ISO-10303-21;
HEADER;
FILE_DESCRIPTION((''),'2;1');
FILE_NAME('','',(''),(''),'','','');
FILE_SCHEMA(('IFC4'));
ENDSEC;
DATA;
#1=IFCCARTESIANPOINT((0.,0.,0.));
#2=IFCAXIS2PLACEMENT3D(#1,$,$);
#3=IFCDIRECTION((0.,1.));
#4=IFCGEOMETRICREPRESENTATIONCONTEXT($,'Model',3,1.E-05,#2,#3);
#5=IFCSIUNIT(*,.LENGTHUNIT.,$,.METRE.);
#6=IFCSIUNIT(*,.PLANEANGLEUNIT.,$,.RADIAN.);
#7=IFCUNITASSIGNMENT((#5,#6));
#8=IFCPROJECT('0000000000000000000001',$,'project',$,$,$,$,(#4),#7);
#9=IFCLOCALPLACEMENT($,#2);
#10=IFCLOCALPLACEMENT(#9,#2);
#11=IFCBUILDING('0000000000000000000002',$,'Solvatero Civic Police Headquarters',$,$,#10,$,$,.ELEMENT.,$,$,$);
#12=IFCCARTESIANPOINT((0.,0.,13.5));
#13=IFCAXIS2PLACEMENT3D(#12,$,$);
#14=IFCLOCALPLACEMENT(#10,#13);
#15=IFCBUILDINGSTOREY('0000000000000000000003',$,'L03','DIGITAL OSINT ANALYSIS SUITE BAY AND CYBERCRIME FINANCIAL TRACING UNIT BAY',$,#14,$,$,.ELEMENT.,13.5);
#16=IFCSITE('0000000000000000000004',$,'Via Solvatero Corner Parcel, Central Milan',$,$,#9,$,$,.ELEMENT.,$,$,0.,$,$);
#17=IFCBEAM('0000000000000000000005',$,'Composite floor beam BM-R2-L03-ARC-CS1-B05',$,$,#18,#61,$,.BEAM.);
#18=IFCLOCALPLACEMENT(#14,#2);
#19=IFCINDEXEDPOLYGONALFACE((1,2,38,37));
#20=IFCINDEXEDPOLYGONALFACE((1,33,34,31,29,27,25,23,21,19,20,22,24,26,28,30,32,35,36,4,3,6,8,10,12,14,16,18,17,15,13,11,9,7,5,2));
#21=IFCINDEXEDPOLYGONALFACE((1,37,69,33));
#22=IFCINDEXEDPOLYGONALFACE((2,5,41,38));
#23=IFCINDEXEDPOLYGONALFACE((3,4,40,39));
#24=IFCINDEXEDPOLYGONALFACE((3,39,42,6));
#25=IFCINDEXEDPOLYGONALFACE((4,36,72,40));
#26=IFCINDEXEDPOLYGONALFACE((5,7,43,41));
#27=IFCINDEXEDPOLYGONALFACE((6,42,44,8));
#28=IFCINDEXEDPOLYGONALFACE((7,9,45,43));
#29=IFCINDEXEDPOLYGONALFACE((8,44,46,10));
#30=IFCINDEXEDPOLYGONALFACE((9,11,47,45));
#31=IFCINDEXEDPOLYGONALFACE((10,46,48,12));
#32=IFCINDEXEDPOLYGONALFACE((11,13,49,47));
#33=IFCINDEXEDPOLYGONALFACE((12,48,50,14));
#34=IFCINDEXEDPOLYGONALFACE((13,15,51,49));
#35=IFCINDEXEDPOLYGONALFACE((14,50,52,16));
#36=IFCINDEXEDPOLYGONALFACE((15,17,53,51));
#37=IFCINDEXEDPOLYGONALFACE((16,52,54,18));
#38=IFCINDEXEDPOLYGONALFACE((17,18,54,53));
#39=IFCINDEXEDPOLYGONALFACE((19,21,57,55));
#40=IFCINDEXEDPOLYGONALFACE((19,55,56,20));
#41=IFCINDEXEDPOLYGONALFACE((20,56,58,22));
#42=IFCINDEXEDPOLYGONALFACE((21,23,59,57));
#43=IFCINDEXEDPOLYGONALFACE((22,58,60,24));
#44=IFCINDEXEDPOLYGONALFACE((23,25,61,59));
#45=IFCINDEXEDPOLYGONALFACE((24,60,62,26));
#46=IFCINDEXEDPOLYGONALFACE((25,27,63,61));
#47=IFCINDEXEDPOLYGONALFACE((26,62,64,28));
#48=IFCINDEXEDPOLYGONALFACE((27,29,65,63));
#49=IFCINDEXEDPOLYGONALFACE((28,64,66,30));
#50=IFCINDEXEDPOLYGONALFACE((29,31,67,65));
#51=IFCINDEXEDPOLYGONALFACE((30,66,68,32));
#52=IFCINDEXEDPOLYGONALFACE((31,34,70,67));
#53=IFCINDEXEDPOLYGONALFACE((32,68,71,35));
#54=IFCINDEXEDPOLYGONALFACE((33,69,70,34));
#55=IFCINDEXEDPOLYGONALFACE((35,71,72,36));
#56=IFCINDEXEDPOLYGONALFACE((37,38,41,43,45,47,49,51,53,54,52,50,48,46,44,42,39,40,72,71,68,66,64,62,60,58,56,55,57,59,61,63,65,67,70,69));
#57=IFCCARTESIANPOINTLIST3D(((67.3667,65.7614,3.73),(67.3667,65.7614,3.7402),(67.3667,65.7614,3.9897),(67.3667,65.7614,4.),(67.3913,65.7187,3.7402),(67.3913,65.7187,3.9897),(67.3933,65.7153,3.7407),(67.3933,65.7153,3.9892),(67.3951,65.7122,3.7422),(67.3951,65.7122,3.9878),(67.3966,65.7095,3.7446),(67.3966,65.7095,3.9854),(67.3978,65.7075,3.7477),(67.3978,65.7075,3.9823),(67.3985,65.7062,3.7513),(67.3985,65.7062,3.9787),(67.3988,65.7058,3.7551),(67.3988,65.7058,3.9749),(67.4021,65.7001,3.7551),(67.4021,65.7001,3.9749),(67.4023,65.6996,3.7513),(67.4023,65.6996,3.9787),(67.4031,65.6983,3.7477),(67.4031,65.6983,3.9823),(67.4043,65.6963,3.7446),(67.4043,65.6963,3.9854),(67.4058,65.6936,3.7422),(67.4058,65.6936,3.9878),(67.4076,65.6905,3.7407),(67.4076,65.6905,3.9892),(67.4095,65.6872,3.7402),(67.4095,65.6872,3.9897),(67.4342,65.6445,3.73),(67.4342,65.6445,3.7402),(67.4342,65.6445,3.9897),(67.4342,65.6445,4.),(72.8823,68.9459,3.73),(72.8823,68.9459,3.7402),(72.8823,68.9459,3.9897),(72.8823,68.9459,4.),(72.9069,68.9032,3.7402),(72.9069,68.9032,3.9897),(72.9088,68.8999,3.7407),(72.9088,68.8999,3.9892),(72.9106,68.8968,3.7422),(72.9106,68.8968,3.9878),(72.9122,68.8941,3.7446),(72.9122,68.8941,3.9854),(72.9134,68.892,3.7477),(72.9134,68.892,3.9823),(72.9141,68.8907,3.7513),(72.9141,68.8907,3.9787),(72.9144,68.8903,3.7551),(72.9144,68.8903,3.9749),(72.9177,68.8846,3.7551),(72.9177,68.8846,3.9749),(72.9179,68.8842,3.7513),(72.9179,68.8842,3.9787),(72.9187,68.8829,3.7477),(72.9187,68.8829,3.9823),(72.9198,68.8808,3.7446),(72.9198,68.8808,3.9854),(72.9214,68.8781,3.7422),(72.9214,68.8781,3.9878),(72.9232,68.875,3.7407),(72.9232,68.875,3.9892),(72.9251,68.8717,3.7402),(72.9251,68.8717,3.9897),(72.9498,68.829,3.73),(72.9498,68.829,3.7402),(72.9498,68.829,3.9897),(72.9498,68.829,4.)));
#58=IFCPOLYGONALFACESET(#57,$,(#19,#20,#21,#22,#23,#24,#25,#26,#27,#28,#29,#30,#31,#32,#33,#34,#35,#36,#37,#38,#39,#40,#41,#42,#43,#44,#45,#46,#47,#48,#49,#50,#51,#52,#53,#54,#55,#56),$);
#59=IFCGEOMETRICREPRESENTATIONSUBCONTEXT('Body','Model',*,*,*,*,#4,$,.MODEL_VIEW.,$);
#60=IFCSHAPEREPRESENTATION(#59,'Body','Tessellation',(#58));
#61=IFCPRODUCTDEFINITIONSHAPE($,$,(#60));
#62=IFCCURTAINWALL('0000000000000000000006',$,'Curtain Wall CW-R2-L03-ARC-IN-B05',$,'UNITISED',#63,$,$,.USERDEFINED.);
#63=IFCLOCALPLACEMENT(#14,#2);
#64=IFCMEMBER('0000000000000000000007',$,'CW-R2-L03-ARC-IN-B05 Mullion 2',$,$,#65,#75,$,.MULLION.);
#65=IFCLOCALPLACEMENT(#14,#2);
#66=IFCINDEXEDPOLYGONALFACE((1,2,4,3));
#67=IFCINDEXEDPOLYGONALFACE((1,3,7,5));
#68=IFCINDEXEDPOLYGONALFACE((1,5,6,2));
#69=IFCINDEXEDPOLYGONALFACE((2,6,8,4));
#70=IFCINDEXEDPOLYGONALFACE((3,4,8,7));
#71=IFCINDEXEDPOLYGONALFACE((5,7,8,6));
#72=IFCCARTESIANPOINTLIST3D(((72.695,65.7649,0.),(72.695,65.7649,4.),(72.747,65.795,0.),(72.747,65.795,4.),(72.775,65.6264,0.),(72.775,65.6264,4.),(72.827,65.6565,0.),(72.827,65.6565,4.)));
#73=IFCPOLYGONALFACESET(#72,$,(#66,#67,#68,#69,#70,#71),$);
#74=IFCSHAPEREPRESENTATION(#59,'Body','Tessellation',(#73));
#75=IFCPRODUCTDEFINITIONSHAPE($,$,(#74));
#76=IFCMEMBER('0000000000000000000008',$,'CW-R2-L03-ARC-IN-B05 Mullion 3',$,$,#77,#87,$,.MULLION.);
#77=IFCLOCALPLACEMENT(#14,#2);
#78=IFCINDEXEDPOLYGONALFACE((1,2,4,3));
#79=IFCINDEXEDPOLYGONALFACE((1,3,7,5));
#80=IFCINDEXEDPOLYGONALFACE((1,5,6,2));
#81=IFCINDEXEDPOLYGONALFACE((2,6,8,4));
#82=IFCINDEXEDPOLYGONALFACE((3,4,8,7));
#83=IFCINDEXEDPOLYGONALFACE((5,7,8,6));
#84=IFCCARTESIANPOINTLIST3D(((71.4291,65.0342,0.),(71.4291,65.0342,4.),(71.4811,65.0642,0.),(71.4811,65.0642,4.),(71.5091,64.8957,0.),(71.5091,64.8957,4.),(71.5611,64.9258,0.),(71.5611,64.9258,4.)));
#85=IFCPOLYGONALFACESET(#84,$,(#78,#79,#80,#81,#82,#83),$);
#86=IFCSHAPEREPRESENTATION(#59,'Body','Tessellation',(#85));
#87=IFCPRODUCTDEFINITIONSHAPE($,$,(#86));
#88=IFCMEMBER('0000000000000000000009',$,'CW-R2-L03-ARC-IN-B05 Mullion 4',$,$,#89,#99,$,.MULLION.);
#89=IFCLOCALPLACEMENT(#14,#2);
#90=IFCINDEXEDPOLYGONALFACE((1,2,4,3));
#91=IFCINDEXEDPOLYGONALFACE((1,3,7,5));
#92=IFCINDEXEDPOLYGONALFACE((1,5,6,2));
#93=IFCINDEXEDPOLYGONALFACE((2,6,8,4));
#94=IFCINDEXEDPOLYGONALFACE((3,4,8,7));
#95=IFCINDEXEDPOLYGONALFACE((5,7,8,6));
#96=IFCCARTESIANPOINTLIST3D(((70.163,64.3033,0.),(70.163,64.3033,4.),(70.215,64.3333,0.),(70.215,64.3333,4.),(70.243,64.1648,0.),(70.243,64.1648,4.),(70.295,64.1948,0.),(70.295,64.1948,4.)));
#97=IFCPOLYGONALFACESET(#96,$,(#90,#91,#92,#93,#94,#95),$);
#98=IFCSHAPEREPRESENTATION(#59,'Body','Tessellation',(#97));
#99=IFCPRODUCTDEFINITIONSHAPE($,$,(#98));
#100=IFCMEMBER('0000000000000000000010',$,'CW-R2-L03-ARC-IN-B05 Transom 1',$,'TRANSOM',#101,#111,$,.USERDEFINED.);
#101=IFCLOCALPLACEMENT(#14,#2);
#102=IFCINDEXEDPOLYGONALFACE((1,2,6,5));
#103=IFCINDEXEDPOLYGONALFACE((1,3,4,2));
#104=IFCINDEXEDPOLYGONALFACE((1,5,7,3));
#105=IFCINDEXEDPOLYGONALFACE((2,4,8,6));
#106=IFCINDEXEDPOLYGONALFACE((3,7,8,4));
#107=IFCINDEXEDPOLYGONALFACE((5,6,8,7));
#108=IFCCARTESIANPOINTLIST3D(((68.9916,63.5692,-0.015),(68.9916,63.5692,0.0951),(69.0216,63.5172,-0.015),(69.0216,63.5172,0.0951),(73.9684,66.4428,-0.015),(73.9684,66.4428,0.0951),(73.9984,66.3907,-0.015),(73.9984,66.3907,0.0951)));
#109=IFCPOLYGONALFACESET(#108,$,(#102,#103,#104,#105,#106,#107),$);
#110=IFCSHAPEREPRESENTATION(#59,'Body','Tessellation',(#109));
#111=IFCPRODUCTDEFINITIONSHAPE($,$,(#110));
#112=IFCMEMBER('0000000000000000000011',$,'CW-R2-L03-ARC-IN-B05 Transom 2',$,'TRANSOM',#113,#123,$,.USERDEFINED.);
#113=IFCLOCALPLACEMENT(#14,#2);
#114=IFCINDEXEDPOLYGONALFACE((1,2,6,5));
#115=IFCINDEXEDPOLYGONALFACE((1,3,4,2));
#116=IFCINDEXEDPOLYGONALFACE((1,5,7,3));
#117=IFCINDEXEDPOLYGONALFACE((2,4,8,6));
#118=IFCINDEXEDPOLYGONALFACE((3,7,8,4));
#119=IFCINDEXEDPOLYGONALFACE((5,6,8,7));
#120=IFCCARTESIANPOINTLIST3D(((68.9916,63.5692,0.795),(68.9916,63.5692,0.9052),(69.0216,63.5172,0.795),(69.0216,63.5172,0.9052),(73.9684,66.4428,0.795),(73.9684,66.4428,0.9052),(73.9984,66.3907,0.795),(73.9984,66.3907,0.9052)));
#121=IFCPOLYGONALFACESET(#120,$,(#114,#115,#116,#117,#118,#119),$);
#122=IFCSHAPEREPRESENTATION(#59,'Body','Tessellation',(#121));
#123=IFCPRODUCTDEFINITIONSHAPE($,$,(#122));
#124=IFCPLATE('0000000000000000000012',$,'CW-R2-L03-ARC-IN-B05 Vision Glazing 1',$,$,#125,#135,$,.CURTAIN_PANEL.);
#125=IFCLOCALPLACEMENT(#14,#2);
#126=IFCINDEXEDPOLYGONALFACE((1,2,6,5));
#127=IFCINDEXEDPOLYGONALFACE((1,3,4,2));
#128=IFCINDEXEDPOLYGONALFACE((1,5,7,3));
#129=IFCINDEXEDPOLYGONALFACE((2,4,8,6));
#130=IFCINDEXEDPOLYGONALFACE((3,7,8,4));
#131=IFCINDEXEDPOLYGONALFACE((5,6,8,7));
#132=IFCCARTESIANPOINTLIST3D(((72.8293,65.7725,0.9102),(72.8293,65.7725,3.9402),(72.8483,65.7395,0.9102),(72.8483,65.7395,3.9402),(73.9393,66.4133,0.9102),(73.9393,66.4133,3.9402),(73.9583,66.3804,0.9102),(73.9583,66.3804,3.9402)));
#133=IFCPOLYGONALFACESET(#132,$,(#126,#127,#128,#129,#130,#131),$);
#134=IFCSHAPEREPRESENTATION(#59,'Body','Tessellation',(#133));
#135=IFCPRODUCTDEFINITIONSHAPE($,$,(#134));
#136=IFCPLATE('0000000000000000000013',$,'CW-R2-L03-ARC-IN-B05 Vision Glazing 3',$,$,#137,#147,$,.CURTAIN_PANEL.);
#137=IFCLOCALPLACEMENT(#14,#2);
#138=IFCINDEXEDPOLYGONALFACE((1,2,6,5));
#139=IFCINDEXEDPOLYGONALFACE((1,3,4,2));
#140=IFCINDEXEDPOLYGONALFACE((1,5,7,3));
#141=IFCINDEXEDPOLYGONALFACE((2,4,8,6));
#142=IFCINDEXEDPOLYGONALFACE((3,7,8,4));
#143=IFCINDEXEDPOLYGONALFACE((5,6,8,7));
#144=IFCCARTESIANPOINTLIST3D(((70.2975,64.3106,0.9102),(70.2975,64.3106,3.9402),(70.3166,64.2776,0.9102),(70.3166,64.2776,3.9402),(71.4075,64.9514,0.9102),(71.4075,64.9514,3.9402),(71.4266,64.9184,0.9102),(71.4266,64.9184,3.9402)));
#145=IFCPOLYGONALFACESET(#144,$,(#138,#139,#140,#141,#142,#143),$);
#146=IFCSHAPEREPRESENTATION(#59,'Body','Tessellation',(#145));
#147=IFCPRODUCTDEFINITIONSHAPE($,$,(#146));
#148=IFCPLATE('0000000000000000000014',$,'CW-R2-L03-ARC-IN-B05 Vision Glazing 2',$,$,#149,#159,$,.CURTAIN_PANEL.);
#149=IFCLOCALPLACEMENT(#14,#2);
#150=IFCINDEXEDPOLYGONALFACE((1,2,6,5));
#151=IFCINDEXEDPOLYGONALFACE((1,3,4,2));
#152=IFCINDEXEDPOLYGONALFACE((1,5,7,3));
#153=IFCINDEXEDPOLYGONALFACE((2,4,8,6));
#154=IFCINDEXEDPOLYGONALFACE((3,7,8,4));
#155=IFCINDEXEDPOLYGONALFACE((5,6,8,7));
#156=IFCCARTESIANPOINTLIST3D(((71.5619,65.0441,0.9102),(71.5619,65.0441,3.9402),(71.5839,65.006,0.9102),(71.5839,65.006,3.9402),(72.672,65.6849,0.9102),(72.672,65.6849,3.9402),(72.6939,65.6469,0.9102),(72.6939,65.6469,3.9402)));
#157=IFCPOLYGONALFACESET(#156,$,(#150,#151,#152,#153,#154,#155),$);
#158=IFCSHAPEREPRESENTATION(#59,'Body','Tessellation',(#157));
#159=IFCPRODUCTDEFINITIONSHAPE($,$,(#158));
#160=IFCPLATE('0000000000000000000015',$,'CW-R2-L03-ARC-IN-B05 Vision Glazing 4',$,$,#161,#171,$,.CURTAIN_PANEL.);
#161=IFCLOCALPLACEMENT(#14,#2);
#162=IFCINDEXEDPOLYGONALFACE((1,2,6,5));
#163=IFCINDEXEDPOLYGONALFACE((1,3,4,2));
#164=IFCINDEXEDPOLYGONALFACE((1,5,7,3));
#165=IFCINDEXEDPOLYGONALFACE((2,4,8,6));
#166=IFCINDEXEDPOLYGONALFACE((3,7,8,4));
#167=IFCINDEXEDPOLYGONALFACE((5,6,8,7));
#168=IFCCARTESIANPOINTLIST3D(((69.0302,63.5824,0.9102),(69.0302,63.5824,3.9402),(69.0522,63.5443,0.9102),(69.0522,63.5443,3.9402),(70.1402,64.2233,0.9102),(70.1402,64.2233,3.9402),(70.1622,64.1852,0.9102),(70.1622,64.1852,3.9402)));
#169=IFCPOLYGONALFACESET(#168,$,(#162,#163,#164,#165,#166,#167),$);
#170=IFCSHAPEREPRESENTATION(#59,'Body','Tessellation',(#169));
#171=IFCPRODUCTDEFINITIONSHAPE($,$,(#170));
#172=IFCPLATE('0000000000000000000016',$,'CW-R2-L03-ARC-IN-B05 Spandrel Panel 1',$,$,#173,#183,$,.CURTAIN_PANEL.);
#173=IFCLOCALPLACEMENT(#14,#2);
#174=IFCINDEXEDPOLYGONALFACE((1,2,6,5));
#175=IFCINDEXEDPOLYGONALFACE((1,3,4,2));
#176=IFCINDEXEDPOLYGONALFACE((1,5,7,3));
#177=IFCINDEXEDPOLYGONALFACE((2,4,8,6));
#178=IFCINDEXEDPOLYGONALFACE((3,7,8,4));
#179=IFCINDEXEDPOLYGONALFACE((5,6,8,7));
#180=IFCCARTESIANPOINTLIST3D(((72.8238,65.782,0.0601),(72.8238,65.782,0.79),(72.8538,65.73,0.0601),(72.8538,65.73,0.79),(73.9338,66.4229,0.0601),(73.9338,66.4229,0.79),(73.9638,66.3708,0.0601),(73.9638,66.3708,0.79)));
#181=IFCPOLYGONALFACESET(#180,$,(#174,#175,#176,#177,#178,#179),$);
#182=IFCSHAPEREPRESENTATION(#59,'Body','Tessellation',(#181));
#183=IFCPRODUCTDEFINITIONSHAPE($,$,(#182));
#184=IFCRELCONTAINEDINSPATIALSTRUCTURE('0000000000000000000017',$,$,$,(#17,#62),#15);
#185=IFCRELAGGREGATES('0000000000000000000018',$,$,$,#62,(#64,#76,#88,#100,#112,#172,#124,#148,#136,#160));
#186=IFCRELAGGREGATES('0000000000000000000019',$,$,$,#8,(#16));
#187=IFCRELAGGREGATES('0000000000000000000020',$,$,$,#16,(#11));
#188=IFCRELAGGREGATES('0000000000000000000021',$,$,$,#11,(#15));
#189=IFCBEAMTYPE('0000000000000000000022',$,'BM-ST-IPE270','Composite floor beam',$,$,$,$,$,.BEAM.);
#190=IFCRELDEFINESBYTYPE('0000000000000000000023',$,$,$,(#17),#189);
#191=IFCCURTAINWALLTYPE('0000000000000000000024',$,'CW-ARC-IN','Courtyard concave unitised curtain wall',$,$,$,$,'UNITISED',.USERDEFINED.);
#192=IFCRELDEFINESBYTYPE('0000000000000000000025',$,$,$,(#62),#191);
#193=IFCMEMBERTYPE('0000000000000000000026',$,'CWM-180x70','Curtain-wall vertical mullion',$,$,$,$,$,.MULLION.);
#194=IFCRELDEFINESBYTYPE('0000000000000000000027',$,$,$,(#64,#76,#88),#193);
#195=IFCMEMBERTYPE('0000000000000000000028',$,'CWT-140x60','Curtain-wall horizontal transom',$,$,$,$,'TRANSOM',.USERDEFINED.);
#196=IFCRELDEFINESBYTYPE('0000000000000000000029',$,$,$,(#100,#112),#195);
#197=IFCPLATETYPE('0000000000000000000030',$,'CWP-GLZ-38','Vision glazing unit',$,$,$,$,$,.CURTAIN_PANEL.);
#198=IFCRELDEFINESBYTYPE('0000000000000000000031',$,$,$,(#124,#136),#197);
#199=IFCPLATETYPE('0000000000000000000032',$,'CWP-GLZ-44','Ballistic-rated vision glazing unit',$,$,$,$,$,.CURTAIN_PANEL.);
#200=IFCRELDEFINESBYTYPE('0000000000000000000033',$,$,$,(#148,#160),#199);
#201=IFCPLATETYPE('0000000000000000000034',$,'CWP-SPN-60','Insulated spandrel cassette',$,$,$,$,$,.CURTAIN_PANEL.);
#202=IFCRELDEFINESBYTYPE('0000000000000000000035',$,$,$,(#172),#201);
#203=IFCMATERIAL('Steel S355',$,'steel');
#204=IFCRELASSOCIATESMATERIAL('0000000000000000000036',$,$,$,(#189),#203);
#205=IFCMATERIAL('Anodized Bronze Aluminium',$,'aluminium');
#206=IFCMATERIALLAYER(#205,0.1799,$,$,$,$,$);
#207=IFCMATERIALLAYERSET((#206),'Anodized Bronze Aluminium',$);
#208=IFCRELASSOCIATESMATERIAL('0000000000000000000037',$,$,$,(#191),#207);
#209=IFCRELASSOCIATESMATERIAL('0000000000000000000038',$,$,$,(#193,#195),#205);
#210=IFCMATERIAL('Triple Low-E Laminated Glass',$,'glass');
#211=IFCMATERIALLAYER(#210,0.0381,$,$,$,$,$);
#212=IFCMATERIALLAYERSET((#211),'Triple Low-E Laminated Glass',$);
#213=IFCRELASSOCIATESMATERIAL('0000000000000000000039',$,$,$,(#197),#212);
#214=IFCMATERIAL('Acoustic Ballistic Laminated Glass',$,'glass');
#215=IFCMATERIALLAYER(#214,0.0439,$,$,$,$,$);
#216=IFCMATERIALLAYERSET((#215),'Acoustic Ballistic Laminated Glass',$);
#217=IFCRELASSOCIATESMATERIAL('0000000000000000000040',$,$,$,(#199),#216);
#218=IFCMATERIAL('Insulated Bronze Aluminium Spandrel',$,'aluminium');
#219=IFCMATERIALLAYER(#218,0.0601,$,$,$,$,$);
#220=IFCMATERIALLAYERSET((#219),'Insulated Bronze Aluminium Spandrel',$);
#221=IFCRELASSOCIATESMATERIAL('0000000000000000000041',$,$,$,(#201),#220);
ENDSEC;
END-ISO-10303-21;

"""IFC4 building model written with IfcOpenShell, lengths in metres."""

from ifc_helpers import new_model, si_unit, direction, frame, origin, origin_2d, place, context, subcontext, project, spatial, rectangle, i_section, extrude, material, layer, layer_set, material_profile, profile_set, type_object, element, aggregate, save


model = new_model("IFC4")

# Units and contexts
model_context = context("Model", 3, precision=1e-05, world=origin(), true_north=direction((0.0, 1.0)))
body_context = subcontext(model_context, "Body", "Model", "MODEL_VIEW")
ifc_project = project(units=[si_unit("LENGTHUNIT", "METRE"), si_unit("PLANEANGLEUNIT", "RADIAN")], contexts=[model_context])

# Site, building, storey
site_placement = place(None, origin())
site = spatial("IfcSite", under=ifc_project, at=site_placement, Name="Via Solvatero Corner Parcel, Central Milan", CompositionType="ELEMENT", RefElevation=0.0)
building_placement = place(site_placement, origin())
building = spatial("IfcBuilding", under=site, at=building_placement, Name="Solvatero Civic Police Headquarters", CompositionType="ELEMENT")
storey_placement = place(building_placement, frame((0.0, 0.0, 13.5)))
storey = spatial("IfcBuildingStorey", under=building, at=storey_placement, Name="L03", Description="DIGITAL OSINT ANALYSIS SUITE BAY AND CYBERCRIME FINANCIAL TRACING UNIT BAY", CompositionType="ELEMENT", Elevation=13.5)

# Beam
ifc_material_1 = material(Name="Steel S355", Category="steel")
ifc_material_profile_1 = material_profile(ifc_material_1, i_section(OverallWidth=0.135, OverallDepth=0.27, WebThickness=0.0066, FlangeThickness=0.0103, FilletRadius=0.0149, at=origin_2d()), Name="IPE 270")
ifc_profile_set_1 = profile_set([ifc_material_profile_1], Name="Steel S355")
beam_type = type_object("IfcBeamType", Name="BM-ST-IPE270", Description="Composite floor beam", PredefinedType="BEAM", material=ifc_profile_set_1)
beam_placement = place(storey_placement, frame((72.916, 68.8875, 3.865), z_axis=(-0.866017, -0.500014, 0.0), x_axis=(0.500014, -0.866017, 0.0)))
element("IfcBeam", 1, at=beam_placement, inside=storey, type_object=beam_type, Name="Composite floor beam BM-R2-L03-ARC-CS1-B05", PredefinedType="BEAM", context=body_context, shape_type="SweptSolid", body=[
    extrude(i_section(OverallWidth=0.135, OverallDepth=0.27, WebThickness=0.0066, FlangeThickness=0.0103, FilletRadius=0.0149, at=origin_2d()), origin(), (0.0, 0.0, 1.0), 6.3689),
])

# Curtain wall, members, plates
ifc_material_2 = material(Name="Anodized Bronze Aluminium", Category="aluminium")
ifc_layer_1 = layer(ifc_material_2, 0.1799)
ifc_layer_set_1 = layer_set([ifc_layer_1], Name="Anodized Bronze Aluminium")
curtain_wall_type = type_object("IfcCurtainWallType", Name="CW-ARC-IN", Description="Courtyard concave unitised curtain wall", ElementType="UNITISED", PredefinedType="USERDEFINED", material=ifc_layer_set_1)
curtain_wall_placement = place(storey_placement, origin())
curtain_wall = element("IfcCurtainWall", 2, at=curtain_wall_placement, inside=storey, type_object=curtain_wall_type, Name="Curtain Wall CW-R2-L03-ARC-IN-B05", ObjectType="UNITISED", PredefinedType="USERDEFINED")
ifc_material_profile_2 = material_profile(ifc_material_2, rectangle(XDim=0.0601, YDim=0.1599, at=origin_2d()), Name="ALU MULLION 60x160")
ifc_profile_set_2 = profile_set([ifc_material_profile_2], Name="Anodized Bronze Aluminium")
member_type_1 = type_object("IfcMemberType", Name="CWM-180x70", Description="Curtain-wall vertical mullion", PredefinedType="MULLION", material=ifc_profile_set_2)
member_1_placement = place(storey_placement, frame((72.761, 65.7107, 0.0), z_axis=(0.0, 0.0, 1.0), x_axis=(-0.866025, -0.5, 0.0)))
member_1 = element("IfcMember", 3, at=member_1_placement, type_object=member_type_1, Name="CW-R2-L03-ARC-IN-B05 Mullion 2", PredefinedType="MULLION", context=body_context, shape_type="SweptSolid", body=[
    extrude(rectangle(XDim=0.0601, YDim=0.1599, at=origin_2d()), origin(), (0.0, 0.0, 1.0), 4.0),
])
member_2_placement = place(storey_placement, frame((71.4951, 64.98, 0.0), z_axis=(0.0, 0.0, 1.0), x_axis=(-0.866025, -0.5, 0.0)))
member_2 = element("IfcMember", 4, at=member_2_placement, type_object=member_type_1, Name="CW-R2-L03-ARC-IN-B05 Mullion 3", PredefinedType="MULLION", context=body_context, shape_type="SweptSolid", body=[
    extrude(rectangle(XDim=0.0601, YDim=0.1599, at=origin_2d()), origin(), (0.0, 0.0, 1.0), 4.0),
])
member_3_placement = place(storey_placement, frame((70.229, 64.249, 0.0), z_axis=(0.0, 0.0, 1.0), x_axis=(-0.866025, -0.5, 0.0)))
member_3 = element("IfcMember", 5, at=member_3_placement, type_object=member_type_1, Name="CW-R2-L03-ARC-IN-B05 Mullion 4", PredefinedType="MULLION", context=body_context, shape_type="SweptSolid", body=[
    extrude(rectangle(XDim=0.0601, YDim=0.1599, at=origin_2d()), origin(), (0.0, 0.0, 1.0), 4.0),
])
ifc_material_profile_3 = material_profile(ifc_material_2, rectangle(XDim=0.0601, YDim=0.1101, at=origin_2d()), Name="ALU TRANSOM 60x110")
ifc_profile_set_3 = profile_set([ifc_material_profile_3], Name="Anodized Bronze Aluminium")
member_type_2 = type_object("IfcMemberType", Name="CWT-140x60", Description="Curtain-wall horizontal transom", ElementType="TRANSOM", PredefinedType="USERDEFINED", material=ifc_profile_set_3)
member_4_placement = place(storey_placement, frame((73.9834, 66.4167, 0.04), z_axis=(-0.866012, -0.500023, 0.0), x_axis=(0.500023, -0.866012, 0.0)))
member_4 = element("IfcMember", 6, at=member_4_placement, type_object=member_type_2, Name="CW-R2-L03-ARC-IN-B05 Transom 1", ObjectType="TRANSOM", PredefinedType="USERDEFINED", context=body_context, shape_type="SweptSolid", body=[
    extrude(rectangle(XDim=0.0601, YDim=0.1101, at=origin_2d()), origin(), (0.0, 0.0, 1.0), 5.7468),
])
member_5_placement = place(storey_placement, frame((73.9834, 66.4167, 0.8501), z_axis=(-0.866012, -0.500023, 0.0), x_axis=(0.500023, -0.866012, 0.0)))
member_5 = element("IfcMember", 7, at=member_5_placement, type_object=member_type_2, Name="CW-R2-L03-ARC-IN-B05 Transom 2", ObjectType="TRANSOM", PredefinedType="USERDEFINED", context=body_context, shape_type="SweptSolid", body=[
    extrude(rectangle(XDim=0.0601, YDim=0.1101, at=origin_2d()), origin(), (0.0, 0.0, 1.0), 5.7468),
])
ifc_material_3 = material(Name="Triple Low-E Laminated Glass", Category="glass")
ifc_layer_2 = layer(ifc_material_3, 0.0381)
ifc_layer_set_2 = layer_set([ifc_layer_2], Name="Triple Low-E Laminated Glass")
plate_type_1 = type_object("IfcPlateType", Name="CWP-GLZ-38", Description="Vision glazing unit", PredefinedType="CURTAIN_PANEL", material=ifc_layer_set_2)
plate_1_placement = place(storey_placement, frame((73.3938, 66.0764, 0.9102), z_axis=(0.0, 0.0, 1.0), x_axis=(-0.866025, -0.5, 0.0)))
plate_1 = element("IfcPlate", 8, at=plate_1_placement, type_object=plate_type_1, Name="CW-R2-L03-ARC-IN-B05 Vision Glazing 1", PredefinedType="CURTAIN_PANEL", context=body_context, shape_type="SweptSolid", body=[
    extrude(rectangle(XDim=1.2817, YDim=0.0381, at=origin_2d()), origin(), (0.0, 0.0, 1.0), 3.03),
])
plate_2_placement = place(storey_placement, frame((70.8621, 64.6145, 0.9102), z_axis=(0.0, 0.0, 1.0), x_axis=(-0.866025, -0.5, 0.0)))
plate_2 = element("IfcPlate", 9, at=plate_2_placement, type_object=plate_type_1, Name="CW-R2-L03-ARC-IN-B05 Vision Glazing 3", PredefinedType="CURTAIN_PANEL", context=body_context, shape_type="SweptSolid", body=[
    extrude(rectangle(XDim=1.2817, YDim=0.0381, at=origin_2d()), origin(), (0.0, 0.0, 1.0), 3.03),
])
ifc_material_4 = material(Name="Acoustic Ballistic Laminated Glass", Category="glass")
ifc_layer_3 = layer(ifc_material_4, 0.0439)
ifc_layer_set_3 = layer_set([ifc_layer_3], Name="Acoustic Ballistic Laminated Glass")
plate_type_2 = type_object("IfcPlateType", Name="CWP-GLZ-44", Description="Ballistic-rated vision glazing unit", PredefinedType="CURTAIN_PANEL", material=ifc_layer_set_3)
plate_3_placement = place(storey_placement, frame((72.1279, 65.3455, 0.9102), z_axis=(0.0, 0.0, 1.0), x_axis=(-0.866025, -0.5, 0.0)))
plate_3 = element("IfcPlate", 10, at=plate_3_placement, type_object=plate_type_2, Name="CW-R2-L03-ARC-IN-B05 Vision Glazing 2", PredefinedType="CURTAIN_PANEL", context=body_context, shape_type="SweptSolid", body=[
    extrude(rectangle(XDim=1.2817, YDim=0.0439, at=origin_2d()), origin(), (0.0, 0.0, 1.0), 3.03),
])
plate_4_placement = place(storey_placement, frame((69.5962, 63.8838, 0.9102), z_axis=(0.0, 0.0, 1.0), x_axis=(-0.866025, -0.5, 0.0)))
plate_4 = element("IfcPlate", 11, at=plate_4_placement, type_object=plate_type_2, Name="CW-R2-L03-ARC-IN-B05 Vision Glazing 4", PredefinedType="CURTAIN_PANEL", context=body_context, shape_type="SweptSolid", body=[
    extrude(rectangle(XDim=1.2817, YDim=0.0439, at=origin_2d()), origin(), (0.0, 0.0, 1.0), 3.03),
])
ifc_material_5 = material(Name="Insulated Bronze Aluminium Spandrel", Category="aluminium")
ifc_layer_4 = layer(ifc_material_5, 0.0601)
ifc_layer_set_4 = layer_set([ifc_layer_4], Name="Insulated Bronze Aluminium Spandrel")
plate_type_3 = type_object("IfcPlateType", Name="CWP-SPN-60", Description="Insulated spandrel cassette", PredefinedType="CURTAIN_PANEL", material=ifc_layer_set_4)
plate_5_placement = place(storey_placement, frame((73.3938, 66.0764, 0.0601), z_axis=(0.0, 0.0, 1.0), x_axis=(-0.866025, -0.5, 0.0)))
plate_5 = element("IfcPlate", 12, at=plate_5_placement, type_object=plate_type_3, Name="CW-R2-L03-ARC-IN-B05 Spandrel Panel 1", PredefinedType="CURTAIN_PANEL", context=body_context, shape_type="SweptSolid", body=[
    extrude(rectangle(XDim=1.2817, YDim=0.0601, at=origin_2d()), origin(), (0.0, 0.0, 1.0), 0.73),
])
aggregate(curtain_wall, [member_1, member_2, member_3, member_4, member_5, plate_5, plate_1, plate_3, plate_2, plate_4])

save(model, "model.ifc")
